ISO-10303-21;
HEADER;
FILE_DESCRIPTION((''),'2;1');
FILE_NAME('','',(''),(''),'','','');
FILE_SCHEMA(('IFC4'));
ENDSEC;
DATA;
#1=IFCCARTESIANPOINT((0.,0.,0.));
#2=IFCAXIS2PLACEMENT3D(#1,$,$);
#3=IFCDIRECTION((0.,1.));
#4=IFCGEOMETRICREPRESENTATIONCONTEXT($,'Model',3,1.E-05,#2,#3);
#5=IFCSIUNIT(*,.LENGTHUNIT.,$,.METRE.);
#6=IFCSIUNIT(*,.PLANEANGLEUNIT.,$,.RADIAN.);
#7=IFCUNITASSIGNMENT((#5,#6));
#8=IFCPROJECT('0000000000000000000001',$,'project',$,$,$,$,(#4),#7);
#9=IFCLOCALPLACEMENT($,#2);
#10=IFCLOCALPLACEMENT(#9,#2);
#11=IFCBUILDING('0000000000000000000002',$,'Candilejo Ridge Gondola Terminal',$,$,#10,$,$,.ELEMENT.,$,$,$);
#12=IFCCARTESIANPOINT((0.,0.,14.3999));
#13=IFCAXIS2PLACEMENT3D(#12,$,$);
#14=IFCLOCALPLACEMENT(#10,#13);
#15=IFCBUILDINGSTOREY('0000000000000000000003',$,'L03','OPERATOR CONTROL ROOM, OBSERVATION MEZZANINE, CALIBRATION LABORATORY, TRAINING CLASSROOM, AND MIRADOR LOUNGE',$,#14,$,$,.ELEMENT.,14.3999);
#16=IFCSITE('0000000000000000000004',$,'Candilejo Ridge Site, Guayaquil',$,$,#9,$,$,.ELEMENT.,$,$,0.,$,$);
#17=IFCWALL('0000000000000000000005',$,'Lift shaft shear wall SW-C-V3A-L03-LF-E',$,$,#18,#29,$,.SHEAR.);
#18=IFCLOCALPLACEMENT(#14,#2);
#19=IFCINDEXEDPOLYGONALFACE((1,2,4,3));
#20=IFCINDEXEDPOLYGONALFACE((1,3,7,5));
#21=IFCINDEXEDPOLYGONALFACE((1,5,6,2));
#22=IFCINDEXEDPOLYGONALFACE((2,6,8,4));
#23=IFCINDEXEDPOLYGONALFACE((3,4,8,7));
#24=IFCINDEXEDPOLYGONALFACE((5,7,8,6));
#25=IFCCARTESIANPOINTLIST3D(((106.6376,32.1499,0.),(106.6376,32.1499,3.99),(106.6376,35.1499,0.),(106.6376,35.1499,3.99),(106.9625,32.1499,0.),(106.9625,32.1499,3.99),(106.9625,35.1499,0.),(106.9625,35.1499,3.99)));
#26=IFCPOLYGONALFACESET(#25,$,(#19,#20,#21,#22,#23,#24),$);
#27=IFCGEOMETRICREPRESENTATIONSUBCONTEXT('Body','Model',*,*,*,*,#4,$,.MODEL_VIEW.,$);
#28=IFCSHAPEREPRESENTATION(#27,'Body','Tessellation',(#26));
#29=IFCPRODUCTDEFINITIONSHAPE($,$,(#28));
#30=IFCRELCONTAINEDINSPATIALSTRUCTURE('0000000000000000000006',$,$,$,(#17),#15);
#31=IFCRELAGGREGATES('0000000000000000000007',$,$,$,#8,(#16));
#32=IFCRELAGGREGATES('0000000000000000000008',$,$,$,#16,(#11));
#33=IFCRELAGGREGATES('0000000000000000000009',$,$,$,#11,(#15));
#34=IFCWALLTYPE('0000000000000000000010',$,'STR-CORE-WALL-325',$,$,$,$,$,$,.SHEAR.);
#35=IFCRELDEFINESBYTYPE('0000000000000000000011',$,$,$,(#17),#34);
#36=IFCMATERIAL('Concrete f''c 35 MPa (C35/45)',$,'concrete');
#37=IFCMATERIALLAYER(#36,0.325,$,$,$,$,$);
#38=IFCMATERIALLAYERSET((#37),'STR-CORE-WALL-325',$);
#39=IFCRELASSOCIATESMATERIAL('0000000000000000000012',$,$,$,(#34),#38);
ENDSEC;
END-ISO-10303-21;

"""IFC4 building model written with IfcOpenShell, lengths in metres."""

from ifc_helpers import new_model, si_unit, direction, frame, frame_2d, origin, place, context, subcontext, project, spatial, rectangle, extrude, material, layer, layer_set, type_object, element, save


model = new_model("IFC4")

# Units and contexts
model_context = context("Model", 3, precision=1e-05, world=origin(), true_north=direction((0.0, 1.0)))
body_context = subcontext(model_context, "Body", "Model", "MODEL_VIEW")
ifc_project = project(units=[si_unit("LENGTHUNIT", "METRE"), si_unit("PLANEANGLEUNIT", "RADIAN")], contexts=[model_context])

# Site, building, storey
site_placement = place(None, origin())
site = spatial("IfcSite", under=ifc_project, at=site_placement, Name="Candilejo Ridge Site, Guayaquil", CompositionType="ELEMENT", RefElevation=0.0)
building_placement = place(site_placement, origin())
building = spatial("IfcBuilding", under=site, at=building_placement, Name="Candilejo Ridge Gondola Terminal", CompositionType="ELEMENT")
storey_placement = place(building_placement, frame((0.0, 0.0, 14.3999)))
storey = spatial("IfcBuildingStorey", under=building, at=storey_placement, Name="L03", Description="OPERATOR CONTROL ROOM, OBSERVATION MEZZANINE, CALIBRATION LABORATORY, TRAINING CLASSROOM, AND MIRADOR LOUNGE", CompositionType="ELEMENT", Elevation=14.3999)

# Shared definitions
ifc_material_1 = material(Name="Concrete f'c 35 MPa (C35/45)", Category="concrete")
ifc_layer_1 = layer(ifc_material_1, 0.325)
ifc_layer_set_1 = layer_set([ifc_layer_1], Name="STR-CORE-WALL-325")
wall_type_1 = type_object("IfcWallType", Name="STR-CORE-WALL-325", PredefinedType="SHEAR", material=ifc_layer_set_1)

# Wall
for number, where, z_axis, x_axis, name in (
    (1, (106.8, 32.1499, 0.0), (0.0, 0.0, 1.0), (0.0, 1.0, 0.0), "Lift shaft shear wall SW-C-V3A-L03-LF-E"),
):
    element("IfcWall", number, at=place(storey_placement, frame(where, z_axis=z_axis, x_axis=x_axis)), inside=storey, type_object=wall_type_1, Name=name, PredefinedType="SHEAR", context=body_context, shape_type="SweptSolid", body=[
        extrude(rectangle(XDim=3.0, YDim=0.325, at=frame_2d((1.5, 0.0))), origin(), (0.0, 0.0, 1.0), 3.99),
    ])

save(model, "model.ifc")
